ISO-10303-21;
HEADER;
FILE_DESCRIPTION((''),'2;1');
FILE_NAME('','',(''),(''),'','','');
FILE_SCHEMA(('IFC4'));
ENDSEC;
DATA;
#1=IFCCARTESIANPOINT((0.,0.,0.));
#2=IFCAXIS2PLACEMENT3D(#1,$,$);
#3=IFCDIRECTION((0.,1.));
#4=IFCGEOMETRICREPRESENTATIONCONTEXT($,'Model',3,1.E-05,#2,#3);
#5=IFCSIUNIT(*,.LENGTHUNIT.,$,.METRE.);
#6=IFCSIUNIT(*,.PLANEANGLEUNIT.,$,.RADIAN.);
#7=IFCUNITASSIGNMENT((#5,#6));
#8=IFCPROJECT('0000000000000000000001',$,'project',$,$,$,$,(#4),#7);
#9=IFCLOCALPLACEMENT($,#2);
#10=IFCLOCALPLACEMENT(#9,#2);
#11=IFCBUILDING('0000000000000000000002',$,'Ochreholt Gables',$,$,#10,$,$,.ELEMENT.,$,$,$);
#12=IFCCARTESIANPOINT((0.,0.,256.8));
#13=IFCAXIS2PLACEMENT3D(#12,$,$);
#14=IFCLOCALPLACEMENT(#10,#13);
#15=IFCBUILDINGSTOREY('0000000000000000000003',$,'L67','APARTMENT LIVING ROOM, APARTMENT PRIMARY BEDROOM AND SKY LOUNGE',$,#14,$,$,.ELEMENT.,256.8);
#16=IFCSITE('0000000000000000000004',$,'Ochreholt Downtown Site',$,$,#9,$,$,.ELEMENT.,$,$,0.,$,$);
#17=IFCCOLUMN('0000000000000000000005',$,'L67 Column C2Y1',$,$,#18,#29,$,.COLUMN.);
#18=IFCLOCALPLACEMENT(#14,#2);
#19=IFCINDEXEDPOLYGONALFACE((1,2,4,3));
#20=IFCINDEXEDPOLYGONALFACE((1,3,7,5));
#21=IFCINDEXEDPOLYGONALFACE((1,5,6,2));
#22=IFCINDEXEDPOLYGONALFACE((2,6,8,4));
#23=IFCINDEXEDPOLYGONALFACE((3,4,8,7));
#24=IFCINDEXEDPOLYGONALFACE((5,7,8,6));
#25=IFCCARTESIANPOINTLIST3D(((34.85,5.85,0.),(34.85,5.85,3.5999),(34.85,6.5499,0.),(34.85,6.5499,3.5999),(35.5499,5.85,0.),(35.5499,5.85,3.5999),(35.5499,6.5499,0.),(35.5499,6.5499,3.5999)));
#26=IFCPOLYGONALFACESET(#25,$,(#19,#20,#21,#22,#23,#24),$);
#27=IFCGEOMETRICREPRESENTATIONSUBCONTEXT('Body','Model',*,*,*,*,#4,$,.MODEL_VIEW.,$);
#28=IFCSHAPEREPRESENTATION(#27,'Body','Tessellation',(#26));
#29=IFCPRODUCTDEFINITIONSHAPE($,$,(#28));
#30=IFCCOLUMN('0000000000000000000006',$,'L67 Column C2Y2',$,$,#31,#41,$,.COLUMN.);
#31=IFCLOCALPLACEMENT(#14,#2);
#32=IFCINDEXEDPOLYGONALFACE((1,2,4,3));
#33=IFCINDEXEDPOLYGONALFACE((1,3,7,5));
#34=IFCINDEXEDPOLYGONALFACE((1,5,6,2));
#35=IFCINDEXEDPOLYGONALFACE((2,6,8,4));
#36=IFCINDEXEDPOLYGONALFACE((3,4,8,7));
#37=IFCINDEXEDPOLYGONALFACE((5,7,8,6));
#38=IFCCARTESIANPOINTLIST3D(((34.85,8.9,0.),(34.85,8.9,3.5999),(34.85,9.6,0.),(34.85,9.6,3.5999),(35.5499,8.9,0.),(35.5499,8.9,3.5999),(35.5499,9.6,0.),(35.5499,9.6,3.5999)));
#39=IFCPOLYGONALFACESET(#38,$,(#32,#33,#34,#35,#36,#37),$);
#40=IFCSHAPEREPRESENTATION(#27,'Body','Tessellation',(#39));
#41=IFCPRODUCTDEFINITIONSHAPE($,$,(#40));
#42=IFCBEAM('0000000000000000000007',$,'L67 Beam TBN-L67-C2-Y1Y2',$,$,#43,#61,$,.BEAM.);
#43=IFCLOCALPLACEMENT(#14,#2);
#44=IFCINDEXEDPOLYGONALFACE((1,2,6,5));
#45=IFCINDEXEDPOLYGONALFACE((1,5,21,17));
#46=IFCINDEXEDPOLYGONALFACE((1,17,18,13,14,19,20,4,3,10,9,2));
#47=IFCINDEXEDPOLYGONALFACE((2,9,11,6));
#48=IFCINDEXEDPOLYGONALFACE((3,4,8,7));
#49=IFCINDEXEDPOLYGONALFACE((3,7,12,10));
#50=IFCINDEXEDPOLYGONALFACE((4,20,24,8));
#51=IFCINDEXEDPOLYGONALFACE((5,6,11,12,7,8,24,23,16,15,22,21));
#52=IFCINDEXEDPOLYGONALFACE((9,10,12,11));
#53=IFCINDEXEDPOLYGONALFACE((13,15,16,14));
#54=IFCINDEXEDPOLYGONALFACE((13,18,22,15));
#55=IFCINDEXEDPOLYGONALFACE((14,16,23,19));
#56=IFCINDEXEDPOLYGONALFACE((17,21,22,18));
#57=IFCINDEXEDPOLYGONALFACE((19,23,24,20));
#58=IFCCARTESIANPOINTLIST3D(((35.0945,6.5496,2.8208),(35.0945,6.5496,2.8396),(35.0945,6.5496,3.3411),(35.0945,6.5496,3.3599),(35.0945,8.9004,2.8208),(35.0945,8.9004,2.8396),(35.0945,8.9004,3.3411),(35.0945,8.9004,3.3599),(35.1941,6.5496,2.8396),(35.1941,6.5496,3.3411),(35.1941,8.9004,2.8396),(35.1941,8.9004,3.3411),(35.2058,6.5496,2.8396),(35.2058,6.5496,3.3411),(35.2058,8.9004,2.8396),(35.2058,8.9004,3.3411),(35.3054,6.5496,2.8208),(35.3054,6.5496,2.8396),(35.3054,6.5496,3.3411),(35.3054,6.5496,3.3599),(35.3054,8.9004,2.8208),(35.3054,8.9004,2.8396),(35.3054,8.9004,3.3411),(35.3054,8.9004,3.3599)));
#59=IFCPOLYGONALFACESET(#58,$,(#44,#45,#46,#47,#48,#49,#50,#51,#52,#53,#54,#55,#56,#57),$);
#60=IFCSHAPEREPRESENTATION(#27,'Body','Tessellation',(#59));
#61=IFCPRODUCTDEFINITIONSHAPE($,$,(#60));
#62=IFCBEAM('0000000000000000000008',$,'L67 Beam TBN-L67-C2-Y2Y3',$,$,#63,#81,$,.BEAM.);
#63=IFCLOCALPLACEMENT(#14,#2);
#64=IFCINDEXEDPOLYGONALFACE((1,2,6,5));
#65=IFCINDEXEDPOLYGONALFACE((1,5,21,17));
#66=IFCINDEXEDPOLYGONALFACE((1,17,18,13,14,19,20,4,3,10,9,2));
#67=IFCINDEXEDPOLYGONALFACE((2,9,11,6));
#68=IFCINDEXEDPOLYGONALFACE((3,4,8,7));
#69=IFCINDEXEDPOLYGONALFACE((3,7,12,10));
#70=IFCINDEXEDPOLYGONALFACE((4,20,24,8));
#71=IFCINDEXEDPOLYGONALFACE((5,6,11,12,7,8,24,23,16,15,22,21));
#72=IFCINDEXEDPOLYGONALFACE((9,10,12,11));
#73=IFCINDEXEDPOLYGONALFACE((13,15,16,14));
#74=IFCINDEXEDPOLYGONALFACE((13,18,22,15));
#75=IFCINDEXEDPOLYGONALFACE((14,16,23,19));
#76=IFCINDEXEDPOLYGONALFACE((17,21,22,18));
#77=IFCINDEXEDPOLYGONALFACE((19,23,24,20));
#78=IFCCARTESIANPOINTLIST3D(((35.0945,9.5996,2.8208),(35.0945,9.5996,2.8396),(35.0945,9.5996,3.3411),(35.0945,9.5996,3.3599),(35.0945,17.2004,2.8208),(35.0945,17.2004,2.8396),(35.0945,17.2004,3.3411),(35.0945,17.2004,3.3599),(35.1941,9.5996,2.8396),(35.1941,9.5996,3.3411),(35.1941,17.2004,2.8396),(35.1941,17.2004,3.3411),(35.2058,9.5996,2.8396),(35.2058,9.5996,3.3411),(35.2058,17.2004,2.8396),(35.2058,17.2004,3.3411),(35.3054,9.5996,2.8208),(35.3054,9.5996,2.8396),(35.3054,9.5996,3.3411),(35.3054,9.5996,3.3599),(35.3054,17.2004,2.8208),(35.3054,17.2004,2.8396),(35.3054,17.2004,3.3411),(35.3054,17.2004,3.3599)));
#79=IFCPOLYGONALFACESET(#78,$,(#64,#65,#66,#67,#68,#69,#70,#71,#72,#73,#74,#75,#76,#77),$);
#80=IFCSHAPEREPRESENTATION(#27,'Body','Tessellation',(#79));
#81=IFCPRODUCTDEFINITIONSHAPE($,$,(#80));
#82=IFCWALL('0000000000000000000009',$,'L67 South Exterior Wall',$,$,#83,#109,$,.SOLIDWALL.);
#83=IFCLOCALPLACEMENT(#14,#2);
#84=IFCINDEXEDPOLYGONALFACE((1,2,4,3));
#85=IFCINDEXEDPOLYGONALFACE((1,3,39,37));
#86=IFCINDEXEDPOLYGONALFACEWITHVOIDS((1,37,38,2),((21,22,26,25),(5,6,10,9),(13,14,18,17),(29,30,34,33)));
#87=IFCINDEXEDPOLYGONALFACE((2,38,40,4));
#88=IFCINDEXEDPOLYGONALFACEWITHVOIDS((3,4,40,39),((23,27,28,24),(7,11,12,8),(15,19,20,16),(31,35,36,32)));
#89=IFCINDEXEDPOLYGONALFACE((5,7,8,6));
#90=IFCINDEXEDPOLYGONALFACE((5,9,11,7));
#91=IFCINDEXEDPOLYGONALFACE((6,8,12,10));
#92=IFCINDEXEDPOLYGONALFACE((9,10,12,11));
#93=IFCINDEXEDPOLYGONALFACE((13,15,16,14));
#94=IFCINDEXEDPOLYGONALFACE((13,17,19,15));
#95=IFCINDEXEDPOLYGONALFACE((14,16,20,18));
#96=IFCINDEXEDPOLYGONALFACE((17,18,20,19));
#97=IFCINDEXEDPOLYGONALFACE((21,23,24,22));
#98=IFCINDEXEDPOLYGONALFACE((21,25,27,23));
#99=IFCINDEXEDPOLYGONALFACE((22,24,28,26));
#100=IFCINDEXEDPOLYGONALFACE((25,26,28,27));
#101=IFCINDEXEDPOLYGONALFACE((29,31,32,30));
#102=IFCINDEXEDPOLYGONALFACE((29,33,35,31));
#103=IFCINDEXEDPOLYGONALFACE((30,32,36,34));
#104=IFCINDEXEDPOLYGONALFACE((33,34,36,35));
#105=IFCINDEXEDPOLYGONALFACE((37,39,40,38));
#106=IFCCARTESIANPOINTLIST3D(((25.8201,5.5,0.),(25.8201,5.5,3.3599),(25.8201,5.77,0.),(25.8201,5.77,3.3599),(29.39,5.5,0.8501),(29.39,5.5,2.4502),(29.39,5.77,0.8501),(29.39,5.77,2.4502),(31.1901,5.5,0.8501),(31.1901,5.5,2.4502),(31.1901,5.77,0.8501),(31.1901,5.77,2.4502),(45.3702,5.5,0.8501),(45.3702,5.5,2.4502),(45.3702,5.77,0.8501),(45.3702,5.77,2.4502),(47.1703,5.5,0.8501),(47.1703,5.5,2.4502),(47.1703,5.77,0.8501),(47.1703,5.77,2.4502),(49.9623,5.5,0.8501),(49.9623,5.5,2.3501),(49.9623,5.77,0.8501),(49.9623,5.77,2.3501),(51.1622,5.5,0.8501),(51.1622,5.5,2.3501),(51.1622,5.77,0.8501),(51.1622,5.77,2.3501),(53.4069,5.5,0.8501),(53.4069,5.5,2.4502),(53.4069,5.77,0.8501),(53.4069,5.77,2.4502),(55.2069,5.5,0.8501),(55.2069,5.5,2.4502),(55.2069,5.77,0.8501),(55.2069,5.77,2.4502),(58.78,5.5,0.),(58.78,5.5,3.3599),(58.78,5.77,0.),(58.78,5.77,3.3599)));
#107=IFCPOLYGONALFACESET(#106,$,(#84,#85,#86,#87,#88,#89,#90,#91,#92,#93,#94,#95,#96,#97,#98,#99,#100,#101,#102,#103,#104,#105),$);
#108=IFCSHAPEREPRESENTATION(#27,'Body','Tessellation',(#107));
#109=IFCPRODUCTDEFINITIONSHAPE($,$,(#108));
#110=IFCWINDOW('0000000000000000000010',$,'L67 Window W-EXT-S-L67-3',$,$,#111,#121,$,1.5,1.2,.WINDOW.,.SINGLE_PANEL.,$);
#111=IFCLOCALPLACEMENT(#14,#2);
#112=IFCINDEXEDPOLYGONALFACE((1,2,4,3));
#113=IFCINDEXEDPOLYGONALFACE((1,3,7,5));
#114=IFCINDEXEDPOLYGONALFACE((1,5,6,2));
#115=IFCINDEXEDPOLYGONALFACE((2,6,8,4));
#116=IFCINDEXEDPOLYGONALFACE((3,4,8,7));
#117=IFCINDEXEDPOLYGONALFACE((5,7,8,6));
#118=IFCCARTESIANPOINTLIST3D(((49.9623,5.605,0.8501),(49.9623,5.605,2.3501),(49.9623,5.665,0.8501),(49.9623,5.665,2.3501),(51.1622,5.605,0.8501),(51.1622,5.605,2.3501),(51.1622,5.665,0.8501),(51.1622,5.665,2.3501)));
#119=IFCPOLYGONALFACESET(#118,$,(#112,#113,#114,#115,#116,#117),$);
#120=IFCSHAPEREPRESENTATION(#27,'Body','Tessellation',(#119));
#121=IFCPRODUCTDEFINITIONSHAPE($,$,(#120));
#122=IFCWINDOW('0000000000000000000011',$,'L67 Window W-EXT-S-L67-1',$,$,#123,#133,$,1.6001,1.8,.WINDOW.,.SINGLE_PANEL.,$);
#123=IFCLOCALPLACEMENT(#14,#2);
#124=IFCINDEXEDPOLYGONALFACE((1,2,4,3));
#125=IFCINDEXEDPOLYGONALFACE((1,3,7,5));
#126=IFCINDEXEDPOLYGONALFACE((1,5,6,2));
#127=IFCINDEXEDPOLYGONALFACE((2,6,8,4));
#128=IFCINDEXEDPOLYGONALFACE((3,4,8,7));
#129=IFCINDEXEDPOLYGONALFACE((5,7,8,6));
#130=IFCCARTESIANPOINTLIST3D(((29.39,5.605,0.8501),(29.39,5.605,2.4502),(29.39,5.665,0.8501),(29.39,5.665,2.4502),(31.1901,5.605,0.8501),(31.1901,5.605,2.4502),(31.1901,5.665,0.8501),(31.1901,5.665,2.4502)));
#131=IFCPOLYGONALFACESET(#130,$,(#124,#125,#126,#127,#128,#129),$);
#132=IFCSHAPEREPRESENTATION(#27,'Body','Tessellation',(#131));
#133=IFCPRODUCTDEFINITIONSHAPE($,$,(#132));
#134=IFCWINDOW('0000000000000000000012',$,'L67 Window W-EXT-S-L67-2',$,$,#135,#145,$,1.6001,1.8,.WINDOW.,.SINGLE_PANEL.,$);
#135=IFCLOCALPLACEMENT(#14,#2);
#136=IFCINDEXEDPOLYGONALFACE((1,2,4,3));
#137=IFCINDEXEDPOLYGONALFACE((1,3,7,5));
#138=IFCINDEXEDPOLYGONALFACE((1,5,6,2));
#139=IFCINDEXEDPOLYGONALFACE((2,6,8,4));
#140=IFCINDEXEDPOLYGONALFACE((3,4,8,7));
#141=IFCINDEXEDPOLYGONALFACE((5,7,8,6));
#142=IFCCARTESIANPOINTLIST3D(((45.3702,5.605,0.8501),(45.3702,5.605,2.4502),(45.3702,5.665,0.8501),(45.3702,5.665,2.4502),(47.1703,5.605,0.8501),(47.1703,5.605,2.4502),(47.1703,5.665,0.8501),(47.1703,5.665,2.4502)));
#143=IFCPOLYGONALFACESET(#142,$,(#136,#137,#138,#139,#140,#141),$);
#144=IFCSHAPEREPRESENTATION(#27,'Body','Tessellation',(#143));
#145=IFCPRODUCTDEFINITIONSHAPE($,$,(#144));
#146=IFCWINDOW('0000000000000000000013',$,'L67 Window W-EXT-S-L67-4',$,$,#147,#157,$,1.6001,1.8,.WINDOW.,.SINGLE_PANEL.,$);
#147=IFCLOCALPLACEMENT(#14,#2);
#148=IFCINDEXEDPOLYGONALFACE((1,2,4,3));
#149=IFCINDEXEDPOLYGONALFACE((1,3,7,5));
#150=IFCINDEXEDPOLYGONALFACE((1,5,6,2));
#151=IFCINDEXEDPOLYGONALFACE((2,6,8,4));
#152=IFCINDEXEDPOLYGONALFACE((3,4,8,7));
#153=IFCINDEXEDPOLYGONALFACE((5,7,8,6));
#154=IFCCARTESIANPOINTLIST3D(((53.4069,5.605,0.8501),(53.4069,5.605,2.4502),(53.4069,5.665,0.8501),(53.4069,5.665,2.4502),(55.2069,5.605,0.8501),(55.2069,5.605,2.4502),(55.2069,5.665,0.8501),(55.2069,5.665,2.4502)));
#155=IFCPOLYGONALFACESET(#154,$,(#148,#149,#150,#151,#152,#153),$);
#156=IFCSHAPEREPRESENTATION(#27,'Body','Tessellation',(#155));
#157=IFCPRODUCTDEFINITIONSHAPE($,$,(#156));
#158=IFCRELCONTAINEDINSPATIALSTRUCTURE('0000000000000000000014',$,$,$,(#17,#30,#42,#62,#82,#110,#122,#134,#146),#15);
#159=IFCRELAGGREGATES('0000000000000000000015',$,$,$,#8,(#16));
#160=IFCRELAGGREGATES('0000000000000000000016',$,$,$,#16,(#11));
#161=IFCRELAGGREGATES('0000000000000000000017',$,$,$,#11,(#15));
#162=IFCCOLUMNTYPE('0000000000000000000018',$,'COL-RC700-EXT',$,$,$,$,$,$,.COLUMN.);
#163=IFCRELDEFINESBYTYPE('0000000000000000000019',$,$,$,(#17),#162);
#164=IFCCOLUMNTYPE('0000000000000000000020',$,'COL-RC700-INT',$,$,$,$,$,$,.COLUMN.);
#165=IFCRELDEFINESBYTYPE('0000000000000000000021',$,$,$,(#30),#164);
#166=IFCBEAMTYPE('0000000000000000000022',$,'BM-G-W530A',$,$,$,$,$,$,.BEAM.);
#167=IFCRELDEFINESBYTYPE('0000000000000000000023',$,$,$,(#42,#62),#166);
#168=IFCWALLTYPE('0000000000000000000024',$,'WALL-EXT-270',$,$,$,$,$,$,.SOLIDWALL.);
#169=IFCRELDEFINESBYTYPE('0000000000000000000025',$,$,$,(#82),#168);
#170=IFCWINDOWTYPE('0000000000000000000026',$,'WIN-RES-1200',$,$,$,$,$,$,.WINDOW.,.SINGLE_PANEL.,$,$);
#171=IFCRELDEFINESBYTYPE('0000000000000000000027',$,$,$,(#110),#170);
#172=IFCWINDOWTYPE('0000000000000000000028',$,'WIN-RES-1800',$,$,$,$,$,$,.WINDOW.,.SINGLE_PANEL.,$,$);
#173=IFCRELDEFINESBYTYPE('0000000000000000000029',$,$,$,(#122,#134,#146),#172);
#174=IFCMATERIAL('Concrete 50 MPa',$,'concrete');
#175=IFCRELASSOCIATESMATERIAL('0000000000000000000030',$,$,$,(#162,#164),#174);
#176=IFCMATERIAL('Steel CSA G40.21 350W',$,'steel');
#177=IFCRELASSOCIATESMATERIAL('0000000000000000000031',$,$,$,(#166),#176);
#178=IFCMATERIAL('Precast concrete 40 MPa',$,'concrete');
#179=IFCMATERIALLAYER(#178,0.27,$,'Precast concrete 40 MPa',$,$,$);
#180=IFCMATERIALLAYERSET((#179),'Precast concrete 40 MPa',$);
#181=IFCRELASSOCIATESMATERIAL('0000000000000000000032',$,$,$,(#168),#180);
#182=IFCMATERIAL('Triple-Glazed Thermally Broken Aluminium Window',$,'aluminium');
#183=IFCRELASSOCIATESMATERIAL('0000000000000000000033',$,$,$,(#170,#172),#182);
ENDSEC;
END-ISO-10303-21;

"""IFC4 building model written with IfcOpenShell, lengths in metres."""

from ifc_helpers import new_model, si_unit, direction, frame, frame_2d, origin, origin_2d, place, context, subcontext, project, spatial, rectangle, i_section, extrude, material, layer, layer_set, material_profile, profile_set, type_object, element, fill, save


model = new_model("IFC4")

# Units and contexts
model_context = context("Model", 3, precision=1e-05, world=origin(), true_north=direction((0.0, 1.0)))
body_context = subcontext(model_context, "Body", "Model", "MODEL_VIEW")
ifc_project = project(units=[si_unit("LENGTHUNIT", "METRE"), si_unit("PLANEANGLEUNIT", "RADIAN")], contexts=[model_context])

# Site, building, storey
site_placement = place(None, origin())
site = spatial("IfcSite", under=ifc_project, at=site_placement, Name="Ochreholt Downtown Site", CompositionType="ELEMENT", RefElevation=0.0)
building_placement = place(site_placement, origin())
building = spatial("IfcBuilding", under=site, at=building_placement, Name="Ochreholt Gables", CompositionType="ELEMENT")
storey_placement = place(building_placement, frame((0.0, 0.0, 256.8)))
storey = spatial("IfcBuildingStorey", under=building, at=storey_placement, Name="L67", Description="APARTMENT LIVING ROOM, APARTMENT PRIMARY BEDROOM AND SKY LOUNGE", CompositionType="ELEMENT", Elevation=256.8)

# Columns
ifc_material_1 = material(Name="Concrete 50 MPa", Category="concrete")
ifc_material_profile_1 = material_profile(ifc_material_1, rectangle(XDim=0.7, YDim=0.7, at=origin_2d()), Name="RC700X700")
ifc_profile_set_1 = profile_set([ifc_material_profile_1], Name="Concrete 50 MPa")
column_type_1 = type_object("IfcColumnType", Name="COL-RC700-EXT", PredefinedType="COLUMN", material=ifc_profile_set_1)
column_1_placement = place(storey_placement, frame((35.2, 6.2, 0.0), z_axis=(0.0, 0.0, 1.0), x_axis=(1.0, 0.0, 0.0)))
element("IfcColumn", 1, at=column_1_placement, inside=storey, type_object=column_type_1, Name="L67 Column C2Y1", PredefinedType="COLUMN", context=body_context, shape_type="SweptSolid", body=[
    extrude(rectangle(XDim=0.7, YDim=0.7, at=origin_2d()), origin(), (0.0, 0.0, 1.0), 3.5999),
])
ifc_material_profile_2 = material_profile(ifc_material_1, rectangle(XDim=0.7, YDim=0.7, at=origin_2d()), Name="RC700X700")
ifc_profile_set_2 = profile_set([ifc_material_profile_2], Name="Concrete 50 MPa")
column_type_2 = type_object("IfcColumnType", Name="COL-RC700-INT", PredefinedType="COLUMN", material=ifc_profile_set_2)
column_2_placement = place(storey_placement, frame((35.2, 9.25, 0.0), z_axis=(0.0, 0.0, 1.0), x_axis=(1.0, 0.0, 0.0)))
element("IfcColumn", 2, at=column_2_placement, inside=storey, type_object=column_type_2, Name="L67 Column C2Y2", PredefinedType="COLUMN", context=body_context, shape_type="SweptSolid", body=[
    extrude(rectangle(XDim=0.7, YDim=0.7, at=origin_2d()), origin(), (0.0, 0.0, 1.0), 3.5999),
])

# Beams
ifc_material_2 = material(Name="Steel CSA G40.21 350W", Category="steel")
ifc_material_profile_3 = material_profile(ifc_material_2, i_section(OverallWidth=0.2109, OverallDepth=0.5391, WebThickness=0.0117, FlangeThickness=0.0188, at=origin_2d()), Name="W530X109")
ifc_profile_set_3 = profile_set([ifc_material_profile_3], Name="Steel CSA G40.21 350W")
beam_type = type_object("IfcBeamType", Name="BM-G-W530A", PredefinedType="BEAM", material=ifc_profile_set_3)
beam_1_placement = place(storey_placement, frame((35.2, 6.5496, 3.0903), z_axis=(0.0, 1.0, 0.0), x_axis=(-1.0, 0.0, 0.0)))
element("IfcBeam", 3, at=beam_1_placement, inside=storey, type_object=beam_type, Name="L67 Beam TBN-L67-C2-Y1Y2", PredefinedType="BEAM", context=body_context, shape_type="SweptSolid", body=[
    extrude(i_section(OverallWidth=0.2109, OverallDepth=0.5391, WebThickness=0.0117, FlangeThickness=0.0188, at=origin_2d()), origin(), (0.0, 0.0, 1.0), 2.3508),
])
beam_2_placement = place(storey_placement, frame((35.2, 9.5996, 3.0903), z_axis=(0.0, 1.0, 0.0), x_axis=(-1.0, 0.0, 0.0)))
element("IfcBeam", 4, at=beam_2_placement, inside=storey, type_object=beam_type, Name="L67 Beam TBN-L67-C2-Y2Y3", PredefinedType="BEAM", context=body_context, shape_type="SweptSolid", body=[
    extrude(i_section(OverallWidth=0.2109, OverallDepth=0.5391, WebThickness=0.0117, FlangeThickness=0.0188, at=origin_2d()), origin(), (0.0, 0.0, 1.0), 7.6008),
])

# Wall, openings, windows
ifc_material_3 = material(Name="Precast concrete 40 MPa", Category="concrete")
ifc_layer_1 = layer(ifc_material_3, 0.27, Name="Precast concrete 40 MPa")
ifc_layer_set_1 = layer_set([ifc_layer_1], Name="Precast concrete 40 MPa")
wall_type_1 = type_object("IfcWallType", Name="WALL-EXT-270", PredefinedType="SOLIDWALL", material=ifc_layer_set_1)
wall_1_placement = place(storey_placement, frame((25.8201, 5.635, 0.0), z_axis=(0.0, 0.0, 1.0), x_axis=(1.0, 0.0, 0.0)))
wall_1 = element("IfcWall", 5, at=wall_1_placement, inside=storey, type_object=wall_type_1, Name="L67 South Exterior Wall", PredefinedType="SOLIDWALL", context=body_context, shape_type="SweptSolid", body=[
    extrude(rectangle(XDim=32.96, YDim=0.27, at=frame_2d((16.48, 0.0))), origin(), (0.0, 0.0, 1.0), 3.3599),
])
opening_1_placement = place(wall_1_placement, frame((3.5701, 0.0, 0.8501)))
opening_1 = element("IfcOpeningElement", 6, at=opening_1_placement, cuts=wall_1, PredefinedType="OPENING", context=body_context, shape_type="SweptSolid", body=[
    extrude(rectangle(XDim=1.8, YDim=1.6001, at=frame_2d((0.8999, 0.8))), frame((0.0, 0.145, 0.0), z_axis=(0.0, -1.0, 0.0), x_axis=(1.0, 0.0, 0.0)), (0.0, 0.0, 1.0), 0.29),
])
opening_2_placement = place(wall_1_placement, frame((19.5503, 0.0, 0.8501)))
opening_2 = element("IfcOpeningElement", 7, at=opening_2_placement, cuts=wall_1, PredefinedType="OPENING", context=body_context, shape_type="SweptSolid", body=[
    extrude(rectangle(XDim=1.8, YDim=1.6001, at=frame_2d((0.8999, 0.8))), frame((0.0, 0.145, 0.0), z_axis=(0.0, -1.0, 0.0), x_axis=(1.0, 0.0, 0.0)), (0.0, 0.0, 1.0), 0.29),
])
opening_3_placement = place(wall_1_placement, frame((24.1421, 0.0, 0.8501)))
opening_3 = element("IfcOpeningElement", 8, at=opening_3_placement, cuts=wall_1, PredefinedType="OPENING", context=body_context, shape_type="SweptSolid", body=[
    extrude(rectangle(XDim=1.2, YDim=1.5, at=frame_2d((0.6001, 0.75))), frame((0.0, 0.145, 0.0), z_axis=(0.0, -1.0, 0.0), x_axis=(1.0, 0.0, 0.0)), (0.0, 0.0, 1.0), 0.29),
])
opening_4_placement = place(wall_1_placement, frame((27.5869, 0.0, 0.8501)))
opening_4 = element("IfcOpeningElement", 9, at=opening_4_placement, cuts=wall_1, PredefinedType="OPENING", context=body_context, shape_type="SweptSolid", body=[
    extrude(rectangle(XDim=1.8, YDim=1.6001, at=frame_2d((0.8999, 0.8))), frame((0.0, 0.145, 0.0), z_axis=(0.0, -1.0, 0.0), x_axis=(1.0, 0.0, 0.0)), (0.0, 0.0, 1.0), 0.29),
])
ifc_material_4 = material(Name="Triple-Glazed Thermally Broken Aluminium Window", Category="aluminium")
window_type_1 = type_object("IfcWindowType", Name="WIN-RES-1200", PartitioningType="SINGLE_PANEL", PredefinedType="WINDOW", material=ifc_material_4)
window_1_placement = place(opening_3_placement, origin())
window_1 = element("IfcWindow", 10, at=window_1_placement, inside=storey, type_object=window_type_1, Name="L67 Window W-EXT-S-L67-3", OverallHeight=1.5, OverallWidth=1.2, PartitioningType="SINGLE_PANEL", PredefinedType="WINDOW", context=body_context, shape_type="SweptSolid", body=[
    extrude(rectangle(XDim=1.2, YDim=1.5, at=frame_2d((0.6001, 0.75))), frame((0.0, 0.03, 0.0), z_axis=(0.0, -1.0, 0.0), x_axis=(1.0, 0.0, 0.0)), (0.0, 0.0, 1.0), 0.0601),
])
fill(opening_3, window_1)
window_type_2 = type_object("IfcWindowType", Name="WIN-RES-1800", PartitioningType="SINGLE_PANEL", PredefinedType="WINDOW", material=ifc_material_4)
window_2_placement = place(opening_1_placement, origin())
window_2 = element("IfcWindow", 11, at=window_2_placement, inside=storey, type_object=window_type_2, Name="L67 Window W-EXT-S-L67-1", OverallHeight=1.6001, OverallWidth=1.8, PartitioningType="SINGLE_PANEL", PredefinedType="WINDOW", context=body_context, shape_type="SweptSolid", body=[
    extrude(rectangle(XDim=1.8, YDim=1.6001, at=frame_2d((0.8999, 0.8))), frame((0.0, 0.03, 0.0), z_axis=(0.0, -1.0, 0.0), x_axis=(1.0, 0.0, 0.0)), (0.0, 0.0, 1.0), 0.0601),
])
fill(opening_1, window_2)
window_3_placement = place(opening_2_placement, origin())
window_3 = element("IfcWindow", 12, at=window_3_placement, inside=storey, type_object=window_type_2, Name="L67 Window W-EXT-S-L67-2", OverallHeight=1.6001, OverallWidth=1.8, PartitioningType="SINGLE_PANEL", PredefinedType="WINDOW", context=body_context, shape_type="SweptSolid", body=[
    extrude(rectangle(XDim=1.8, YDim=1.6001, at=frame_2d((0.8999, 0.8))), frame((0.0, 0.03, 0.0), z_axis=(0.0, -1.0, 0.0), x_axis=(1.0, 0.0, 0.0)), (0.0, 0.0, 1.0), 0.0601),
])
fill(opening_2, window_3)
window_4_placement = place(opening_4_placement, origin())
window_4 = element("IfcWindow", 13, at=window_4_placement, inside=storey, type_object=window_type_2, Name="L67 Window W-EXT-S-L67-4", OverallHeight=1.6001, OverallWidth=1.8, PartitioningType="SINGLE_PANEL", PredefinedType="WINDOW", context=body_context, shape_type="SweptSolid", body=[
    extrude(rectangle(XDim=1.8, YDim=1.6001, at=frame_2d((0.8999, 0.8))), frame((0.0, 0.03, 0.0), z_axis=(0.0, -1.0, 0.0), x_axis=(1.0, 0.0, 0.0)), (0.0, 0.0, 1.0), 0.0601),
])
fill(opening_4, window_4)

save(model, "model.ifc")
